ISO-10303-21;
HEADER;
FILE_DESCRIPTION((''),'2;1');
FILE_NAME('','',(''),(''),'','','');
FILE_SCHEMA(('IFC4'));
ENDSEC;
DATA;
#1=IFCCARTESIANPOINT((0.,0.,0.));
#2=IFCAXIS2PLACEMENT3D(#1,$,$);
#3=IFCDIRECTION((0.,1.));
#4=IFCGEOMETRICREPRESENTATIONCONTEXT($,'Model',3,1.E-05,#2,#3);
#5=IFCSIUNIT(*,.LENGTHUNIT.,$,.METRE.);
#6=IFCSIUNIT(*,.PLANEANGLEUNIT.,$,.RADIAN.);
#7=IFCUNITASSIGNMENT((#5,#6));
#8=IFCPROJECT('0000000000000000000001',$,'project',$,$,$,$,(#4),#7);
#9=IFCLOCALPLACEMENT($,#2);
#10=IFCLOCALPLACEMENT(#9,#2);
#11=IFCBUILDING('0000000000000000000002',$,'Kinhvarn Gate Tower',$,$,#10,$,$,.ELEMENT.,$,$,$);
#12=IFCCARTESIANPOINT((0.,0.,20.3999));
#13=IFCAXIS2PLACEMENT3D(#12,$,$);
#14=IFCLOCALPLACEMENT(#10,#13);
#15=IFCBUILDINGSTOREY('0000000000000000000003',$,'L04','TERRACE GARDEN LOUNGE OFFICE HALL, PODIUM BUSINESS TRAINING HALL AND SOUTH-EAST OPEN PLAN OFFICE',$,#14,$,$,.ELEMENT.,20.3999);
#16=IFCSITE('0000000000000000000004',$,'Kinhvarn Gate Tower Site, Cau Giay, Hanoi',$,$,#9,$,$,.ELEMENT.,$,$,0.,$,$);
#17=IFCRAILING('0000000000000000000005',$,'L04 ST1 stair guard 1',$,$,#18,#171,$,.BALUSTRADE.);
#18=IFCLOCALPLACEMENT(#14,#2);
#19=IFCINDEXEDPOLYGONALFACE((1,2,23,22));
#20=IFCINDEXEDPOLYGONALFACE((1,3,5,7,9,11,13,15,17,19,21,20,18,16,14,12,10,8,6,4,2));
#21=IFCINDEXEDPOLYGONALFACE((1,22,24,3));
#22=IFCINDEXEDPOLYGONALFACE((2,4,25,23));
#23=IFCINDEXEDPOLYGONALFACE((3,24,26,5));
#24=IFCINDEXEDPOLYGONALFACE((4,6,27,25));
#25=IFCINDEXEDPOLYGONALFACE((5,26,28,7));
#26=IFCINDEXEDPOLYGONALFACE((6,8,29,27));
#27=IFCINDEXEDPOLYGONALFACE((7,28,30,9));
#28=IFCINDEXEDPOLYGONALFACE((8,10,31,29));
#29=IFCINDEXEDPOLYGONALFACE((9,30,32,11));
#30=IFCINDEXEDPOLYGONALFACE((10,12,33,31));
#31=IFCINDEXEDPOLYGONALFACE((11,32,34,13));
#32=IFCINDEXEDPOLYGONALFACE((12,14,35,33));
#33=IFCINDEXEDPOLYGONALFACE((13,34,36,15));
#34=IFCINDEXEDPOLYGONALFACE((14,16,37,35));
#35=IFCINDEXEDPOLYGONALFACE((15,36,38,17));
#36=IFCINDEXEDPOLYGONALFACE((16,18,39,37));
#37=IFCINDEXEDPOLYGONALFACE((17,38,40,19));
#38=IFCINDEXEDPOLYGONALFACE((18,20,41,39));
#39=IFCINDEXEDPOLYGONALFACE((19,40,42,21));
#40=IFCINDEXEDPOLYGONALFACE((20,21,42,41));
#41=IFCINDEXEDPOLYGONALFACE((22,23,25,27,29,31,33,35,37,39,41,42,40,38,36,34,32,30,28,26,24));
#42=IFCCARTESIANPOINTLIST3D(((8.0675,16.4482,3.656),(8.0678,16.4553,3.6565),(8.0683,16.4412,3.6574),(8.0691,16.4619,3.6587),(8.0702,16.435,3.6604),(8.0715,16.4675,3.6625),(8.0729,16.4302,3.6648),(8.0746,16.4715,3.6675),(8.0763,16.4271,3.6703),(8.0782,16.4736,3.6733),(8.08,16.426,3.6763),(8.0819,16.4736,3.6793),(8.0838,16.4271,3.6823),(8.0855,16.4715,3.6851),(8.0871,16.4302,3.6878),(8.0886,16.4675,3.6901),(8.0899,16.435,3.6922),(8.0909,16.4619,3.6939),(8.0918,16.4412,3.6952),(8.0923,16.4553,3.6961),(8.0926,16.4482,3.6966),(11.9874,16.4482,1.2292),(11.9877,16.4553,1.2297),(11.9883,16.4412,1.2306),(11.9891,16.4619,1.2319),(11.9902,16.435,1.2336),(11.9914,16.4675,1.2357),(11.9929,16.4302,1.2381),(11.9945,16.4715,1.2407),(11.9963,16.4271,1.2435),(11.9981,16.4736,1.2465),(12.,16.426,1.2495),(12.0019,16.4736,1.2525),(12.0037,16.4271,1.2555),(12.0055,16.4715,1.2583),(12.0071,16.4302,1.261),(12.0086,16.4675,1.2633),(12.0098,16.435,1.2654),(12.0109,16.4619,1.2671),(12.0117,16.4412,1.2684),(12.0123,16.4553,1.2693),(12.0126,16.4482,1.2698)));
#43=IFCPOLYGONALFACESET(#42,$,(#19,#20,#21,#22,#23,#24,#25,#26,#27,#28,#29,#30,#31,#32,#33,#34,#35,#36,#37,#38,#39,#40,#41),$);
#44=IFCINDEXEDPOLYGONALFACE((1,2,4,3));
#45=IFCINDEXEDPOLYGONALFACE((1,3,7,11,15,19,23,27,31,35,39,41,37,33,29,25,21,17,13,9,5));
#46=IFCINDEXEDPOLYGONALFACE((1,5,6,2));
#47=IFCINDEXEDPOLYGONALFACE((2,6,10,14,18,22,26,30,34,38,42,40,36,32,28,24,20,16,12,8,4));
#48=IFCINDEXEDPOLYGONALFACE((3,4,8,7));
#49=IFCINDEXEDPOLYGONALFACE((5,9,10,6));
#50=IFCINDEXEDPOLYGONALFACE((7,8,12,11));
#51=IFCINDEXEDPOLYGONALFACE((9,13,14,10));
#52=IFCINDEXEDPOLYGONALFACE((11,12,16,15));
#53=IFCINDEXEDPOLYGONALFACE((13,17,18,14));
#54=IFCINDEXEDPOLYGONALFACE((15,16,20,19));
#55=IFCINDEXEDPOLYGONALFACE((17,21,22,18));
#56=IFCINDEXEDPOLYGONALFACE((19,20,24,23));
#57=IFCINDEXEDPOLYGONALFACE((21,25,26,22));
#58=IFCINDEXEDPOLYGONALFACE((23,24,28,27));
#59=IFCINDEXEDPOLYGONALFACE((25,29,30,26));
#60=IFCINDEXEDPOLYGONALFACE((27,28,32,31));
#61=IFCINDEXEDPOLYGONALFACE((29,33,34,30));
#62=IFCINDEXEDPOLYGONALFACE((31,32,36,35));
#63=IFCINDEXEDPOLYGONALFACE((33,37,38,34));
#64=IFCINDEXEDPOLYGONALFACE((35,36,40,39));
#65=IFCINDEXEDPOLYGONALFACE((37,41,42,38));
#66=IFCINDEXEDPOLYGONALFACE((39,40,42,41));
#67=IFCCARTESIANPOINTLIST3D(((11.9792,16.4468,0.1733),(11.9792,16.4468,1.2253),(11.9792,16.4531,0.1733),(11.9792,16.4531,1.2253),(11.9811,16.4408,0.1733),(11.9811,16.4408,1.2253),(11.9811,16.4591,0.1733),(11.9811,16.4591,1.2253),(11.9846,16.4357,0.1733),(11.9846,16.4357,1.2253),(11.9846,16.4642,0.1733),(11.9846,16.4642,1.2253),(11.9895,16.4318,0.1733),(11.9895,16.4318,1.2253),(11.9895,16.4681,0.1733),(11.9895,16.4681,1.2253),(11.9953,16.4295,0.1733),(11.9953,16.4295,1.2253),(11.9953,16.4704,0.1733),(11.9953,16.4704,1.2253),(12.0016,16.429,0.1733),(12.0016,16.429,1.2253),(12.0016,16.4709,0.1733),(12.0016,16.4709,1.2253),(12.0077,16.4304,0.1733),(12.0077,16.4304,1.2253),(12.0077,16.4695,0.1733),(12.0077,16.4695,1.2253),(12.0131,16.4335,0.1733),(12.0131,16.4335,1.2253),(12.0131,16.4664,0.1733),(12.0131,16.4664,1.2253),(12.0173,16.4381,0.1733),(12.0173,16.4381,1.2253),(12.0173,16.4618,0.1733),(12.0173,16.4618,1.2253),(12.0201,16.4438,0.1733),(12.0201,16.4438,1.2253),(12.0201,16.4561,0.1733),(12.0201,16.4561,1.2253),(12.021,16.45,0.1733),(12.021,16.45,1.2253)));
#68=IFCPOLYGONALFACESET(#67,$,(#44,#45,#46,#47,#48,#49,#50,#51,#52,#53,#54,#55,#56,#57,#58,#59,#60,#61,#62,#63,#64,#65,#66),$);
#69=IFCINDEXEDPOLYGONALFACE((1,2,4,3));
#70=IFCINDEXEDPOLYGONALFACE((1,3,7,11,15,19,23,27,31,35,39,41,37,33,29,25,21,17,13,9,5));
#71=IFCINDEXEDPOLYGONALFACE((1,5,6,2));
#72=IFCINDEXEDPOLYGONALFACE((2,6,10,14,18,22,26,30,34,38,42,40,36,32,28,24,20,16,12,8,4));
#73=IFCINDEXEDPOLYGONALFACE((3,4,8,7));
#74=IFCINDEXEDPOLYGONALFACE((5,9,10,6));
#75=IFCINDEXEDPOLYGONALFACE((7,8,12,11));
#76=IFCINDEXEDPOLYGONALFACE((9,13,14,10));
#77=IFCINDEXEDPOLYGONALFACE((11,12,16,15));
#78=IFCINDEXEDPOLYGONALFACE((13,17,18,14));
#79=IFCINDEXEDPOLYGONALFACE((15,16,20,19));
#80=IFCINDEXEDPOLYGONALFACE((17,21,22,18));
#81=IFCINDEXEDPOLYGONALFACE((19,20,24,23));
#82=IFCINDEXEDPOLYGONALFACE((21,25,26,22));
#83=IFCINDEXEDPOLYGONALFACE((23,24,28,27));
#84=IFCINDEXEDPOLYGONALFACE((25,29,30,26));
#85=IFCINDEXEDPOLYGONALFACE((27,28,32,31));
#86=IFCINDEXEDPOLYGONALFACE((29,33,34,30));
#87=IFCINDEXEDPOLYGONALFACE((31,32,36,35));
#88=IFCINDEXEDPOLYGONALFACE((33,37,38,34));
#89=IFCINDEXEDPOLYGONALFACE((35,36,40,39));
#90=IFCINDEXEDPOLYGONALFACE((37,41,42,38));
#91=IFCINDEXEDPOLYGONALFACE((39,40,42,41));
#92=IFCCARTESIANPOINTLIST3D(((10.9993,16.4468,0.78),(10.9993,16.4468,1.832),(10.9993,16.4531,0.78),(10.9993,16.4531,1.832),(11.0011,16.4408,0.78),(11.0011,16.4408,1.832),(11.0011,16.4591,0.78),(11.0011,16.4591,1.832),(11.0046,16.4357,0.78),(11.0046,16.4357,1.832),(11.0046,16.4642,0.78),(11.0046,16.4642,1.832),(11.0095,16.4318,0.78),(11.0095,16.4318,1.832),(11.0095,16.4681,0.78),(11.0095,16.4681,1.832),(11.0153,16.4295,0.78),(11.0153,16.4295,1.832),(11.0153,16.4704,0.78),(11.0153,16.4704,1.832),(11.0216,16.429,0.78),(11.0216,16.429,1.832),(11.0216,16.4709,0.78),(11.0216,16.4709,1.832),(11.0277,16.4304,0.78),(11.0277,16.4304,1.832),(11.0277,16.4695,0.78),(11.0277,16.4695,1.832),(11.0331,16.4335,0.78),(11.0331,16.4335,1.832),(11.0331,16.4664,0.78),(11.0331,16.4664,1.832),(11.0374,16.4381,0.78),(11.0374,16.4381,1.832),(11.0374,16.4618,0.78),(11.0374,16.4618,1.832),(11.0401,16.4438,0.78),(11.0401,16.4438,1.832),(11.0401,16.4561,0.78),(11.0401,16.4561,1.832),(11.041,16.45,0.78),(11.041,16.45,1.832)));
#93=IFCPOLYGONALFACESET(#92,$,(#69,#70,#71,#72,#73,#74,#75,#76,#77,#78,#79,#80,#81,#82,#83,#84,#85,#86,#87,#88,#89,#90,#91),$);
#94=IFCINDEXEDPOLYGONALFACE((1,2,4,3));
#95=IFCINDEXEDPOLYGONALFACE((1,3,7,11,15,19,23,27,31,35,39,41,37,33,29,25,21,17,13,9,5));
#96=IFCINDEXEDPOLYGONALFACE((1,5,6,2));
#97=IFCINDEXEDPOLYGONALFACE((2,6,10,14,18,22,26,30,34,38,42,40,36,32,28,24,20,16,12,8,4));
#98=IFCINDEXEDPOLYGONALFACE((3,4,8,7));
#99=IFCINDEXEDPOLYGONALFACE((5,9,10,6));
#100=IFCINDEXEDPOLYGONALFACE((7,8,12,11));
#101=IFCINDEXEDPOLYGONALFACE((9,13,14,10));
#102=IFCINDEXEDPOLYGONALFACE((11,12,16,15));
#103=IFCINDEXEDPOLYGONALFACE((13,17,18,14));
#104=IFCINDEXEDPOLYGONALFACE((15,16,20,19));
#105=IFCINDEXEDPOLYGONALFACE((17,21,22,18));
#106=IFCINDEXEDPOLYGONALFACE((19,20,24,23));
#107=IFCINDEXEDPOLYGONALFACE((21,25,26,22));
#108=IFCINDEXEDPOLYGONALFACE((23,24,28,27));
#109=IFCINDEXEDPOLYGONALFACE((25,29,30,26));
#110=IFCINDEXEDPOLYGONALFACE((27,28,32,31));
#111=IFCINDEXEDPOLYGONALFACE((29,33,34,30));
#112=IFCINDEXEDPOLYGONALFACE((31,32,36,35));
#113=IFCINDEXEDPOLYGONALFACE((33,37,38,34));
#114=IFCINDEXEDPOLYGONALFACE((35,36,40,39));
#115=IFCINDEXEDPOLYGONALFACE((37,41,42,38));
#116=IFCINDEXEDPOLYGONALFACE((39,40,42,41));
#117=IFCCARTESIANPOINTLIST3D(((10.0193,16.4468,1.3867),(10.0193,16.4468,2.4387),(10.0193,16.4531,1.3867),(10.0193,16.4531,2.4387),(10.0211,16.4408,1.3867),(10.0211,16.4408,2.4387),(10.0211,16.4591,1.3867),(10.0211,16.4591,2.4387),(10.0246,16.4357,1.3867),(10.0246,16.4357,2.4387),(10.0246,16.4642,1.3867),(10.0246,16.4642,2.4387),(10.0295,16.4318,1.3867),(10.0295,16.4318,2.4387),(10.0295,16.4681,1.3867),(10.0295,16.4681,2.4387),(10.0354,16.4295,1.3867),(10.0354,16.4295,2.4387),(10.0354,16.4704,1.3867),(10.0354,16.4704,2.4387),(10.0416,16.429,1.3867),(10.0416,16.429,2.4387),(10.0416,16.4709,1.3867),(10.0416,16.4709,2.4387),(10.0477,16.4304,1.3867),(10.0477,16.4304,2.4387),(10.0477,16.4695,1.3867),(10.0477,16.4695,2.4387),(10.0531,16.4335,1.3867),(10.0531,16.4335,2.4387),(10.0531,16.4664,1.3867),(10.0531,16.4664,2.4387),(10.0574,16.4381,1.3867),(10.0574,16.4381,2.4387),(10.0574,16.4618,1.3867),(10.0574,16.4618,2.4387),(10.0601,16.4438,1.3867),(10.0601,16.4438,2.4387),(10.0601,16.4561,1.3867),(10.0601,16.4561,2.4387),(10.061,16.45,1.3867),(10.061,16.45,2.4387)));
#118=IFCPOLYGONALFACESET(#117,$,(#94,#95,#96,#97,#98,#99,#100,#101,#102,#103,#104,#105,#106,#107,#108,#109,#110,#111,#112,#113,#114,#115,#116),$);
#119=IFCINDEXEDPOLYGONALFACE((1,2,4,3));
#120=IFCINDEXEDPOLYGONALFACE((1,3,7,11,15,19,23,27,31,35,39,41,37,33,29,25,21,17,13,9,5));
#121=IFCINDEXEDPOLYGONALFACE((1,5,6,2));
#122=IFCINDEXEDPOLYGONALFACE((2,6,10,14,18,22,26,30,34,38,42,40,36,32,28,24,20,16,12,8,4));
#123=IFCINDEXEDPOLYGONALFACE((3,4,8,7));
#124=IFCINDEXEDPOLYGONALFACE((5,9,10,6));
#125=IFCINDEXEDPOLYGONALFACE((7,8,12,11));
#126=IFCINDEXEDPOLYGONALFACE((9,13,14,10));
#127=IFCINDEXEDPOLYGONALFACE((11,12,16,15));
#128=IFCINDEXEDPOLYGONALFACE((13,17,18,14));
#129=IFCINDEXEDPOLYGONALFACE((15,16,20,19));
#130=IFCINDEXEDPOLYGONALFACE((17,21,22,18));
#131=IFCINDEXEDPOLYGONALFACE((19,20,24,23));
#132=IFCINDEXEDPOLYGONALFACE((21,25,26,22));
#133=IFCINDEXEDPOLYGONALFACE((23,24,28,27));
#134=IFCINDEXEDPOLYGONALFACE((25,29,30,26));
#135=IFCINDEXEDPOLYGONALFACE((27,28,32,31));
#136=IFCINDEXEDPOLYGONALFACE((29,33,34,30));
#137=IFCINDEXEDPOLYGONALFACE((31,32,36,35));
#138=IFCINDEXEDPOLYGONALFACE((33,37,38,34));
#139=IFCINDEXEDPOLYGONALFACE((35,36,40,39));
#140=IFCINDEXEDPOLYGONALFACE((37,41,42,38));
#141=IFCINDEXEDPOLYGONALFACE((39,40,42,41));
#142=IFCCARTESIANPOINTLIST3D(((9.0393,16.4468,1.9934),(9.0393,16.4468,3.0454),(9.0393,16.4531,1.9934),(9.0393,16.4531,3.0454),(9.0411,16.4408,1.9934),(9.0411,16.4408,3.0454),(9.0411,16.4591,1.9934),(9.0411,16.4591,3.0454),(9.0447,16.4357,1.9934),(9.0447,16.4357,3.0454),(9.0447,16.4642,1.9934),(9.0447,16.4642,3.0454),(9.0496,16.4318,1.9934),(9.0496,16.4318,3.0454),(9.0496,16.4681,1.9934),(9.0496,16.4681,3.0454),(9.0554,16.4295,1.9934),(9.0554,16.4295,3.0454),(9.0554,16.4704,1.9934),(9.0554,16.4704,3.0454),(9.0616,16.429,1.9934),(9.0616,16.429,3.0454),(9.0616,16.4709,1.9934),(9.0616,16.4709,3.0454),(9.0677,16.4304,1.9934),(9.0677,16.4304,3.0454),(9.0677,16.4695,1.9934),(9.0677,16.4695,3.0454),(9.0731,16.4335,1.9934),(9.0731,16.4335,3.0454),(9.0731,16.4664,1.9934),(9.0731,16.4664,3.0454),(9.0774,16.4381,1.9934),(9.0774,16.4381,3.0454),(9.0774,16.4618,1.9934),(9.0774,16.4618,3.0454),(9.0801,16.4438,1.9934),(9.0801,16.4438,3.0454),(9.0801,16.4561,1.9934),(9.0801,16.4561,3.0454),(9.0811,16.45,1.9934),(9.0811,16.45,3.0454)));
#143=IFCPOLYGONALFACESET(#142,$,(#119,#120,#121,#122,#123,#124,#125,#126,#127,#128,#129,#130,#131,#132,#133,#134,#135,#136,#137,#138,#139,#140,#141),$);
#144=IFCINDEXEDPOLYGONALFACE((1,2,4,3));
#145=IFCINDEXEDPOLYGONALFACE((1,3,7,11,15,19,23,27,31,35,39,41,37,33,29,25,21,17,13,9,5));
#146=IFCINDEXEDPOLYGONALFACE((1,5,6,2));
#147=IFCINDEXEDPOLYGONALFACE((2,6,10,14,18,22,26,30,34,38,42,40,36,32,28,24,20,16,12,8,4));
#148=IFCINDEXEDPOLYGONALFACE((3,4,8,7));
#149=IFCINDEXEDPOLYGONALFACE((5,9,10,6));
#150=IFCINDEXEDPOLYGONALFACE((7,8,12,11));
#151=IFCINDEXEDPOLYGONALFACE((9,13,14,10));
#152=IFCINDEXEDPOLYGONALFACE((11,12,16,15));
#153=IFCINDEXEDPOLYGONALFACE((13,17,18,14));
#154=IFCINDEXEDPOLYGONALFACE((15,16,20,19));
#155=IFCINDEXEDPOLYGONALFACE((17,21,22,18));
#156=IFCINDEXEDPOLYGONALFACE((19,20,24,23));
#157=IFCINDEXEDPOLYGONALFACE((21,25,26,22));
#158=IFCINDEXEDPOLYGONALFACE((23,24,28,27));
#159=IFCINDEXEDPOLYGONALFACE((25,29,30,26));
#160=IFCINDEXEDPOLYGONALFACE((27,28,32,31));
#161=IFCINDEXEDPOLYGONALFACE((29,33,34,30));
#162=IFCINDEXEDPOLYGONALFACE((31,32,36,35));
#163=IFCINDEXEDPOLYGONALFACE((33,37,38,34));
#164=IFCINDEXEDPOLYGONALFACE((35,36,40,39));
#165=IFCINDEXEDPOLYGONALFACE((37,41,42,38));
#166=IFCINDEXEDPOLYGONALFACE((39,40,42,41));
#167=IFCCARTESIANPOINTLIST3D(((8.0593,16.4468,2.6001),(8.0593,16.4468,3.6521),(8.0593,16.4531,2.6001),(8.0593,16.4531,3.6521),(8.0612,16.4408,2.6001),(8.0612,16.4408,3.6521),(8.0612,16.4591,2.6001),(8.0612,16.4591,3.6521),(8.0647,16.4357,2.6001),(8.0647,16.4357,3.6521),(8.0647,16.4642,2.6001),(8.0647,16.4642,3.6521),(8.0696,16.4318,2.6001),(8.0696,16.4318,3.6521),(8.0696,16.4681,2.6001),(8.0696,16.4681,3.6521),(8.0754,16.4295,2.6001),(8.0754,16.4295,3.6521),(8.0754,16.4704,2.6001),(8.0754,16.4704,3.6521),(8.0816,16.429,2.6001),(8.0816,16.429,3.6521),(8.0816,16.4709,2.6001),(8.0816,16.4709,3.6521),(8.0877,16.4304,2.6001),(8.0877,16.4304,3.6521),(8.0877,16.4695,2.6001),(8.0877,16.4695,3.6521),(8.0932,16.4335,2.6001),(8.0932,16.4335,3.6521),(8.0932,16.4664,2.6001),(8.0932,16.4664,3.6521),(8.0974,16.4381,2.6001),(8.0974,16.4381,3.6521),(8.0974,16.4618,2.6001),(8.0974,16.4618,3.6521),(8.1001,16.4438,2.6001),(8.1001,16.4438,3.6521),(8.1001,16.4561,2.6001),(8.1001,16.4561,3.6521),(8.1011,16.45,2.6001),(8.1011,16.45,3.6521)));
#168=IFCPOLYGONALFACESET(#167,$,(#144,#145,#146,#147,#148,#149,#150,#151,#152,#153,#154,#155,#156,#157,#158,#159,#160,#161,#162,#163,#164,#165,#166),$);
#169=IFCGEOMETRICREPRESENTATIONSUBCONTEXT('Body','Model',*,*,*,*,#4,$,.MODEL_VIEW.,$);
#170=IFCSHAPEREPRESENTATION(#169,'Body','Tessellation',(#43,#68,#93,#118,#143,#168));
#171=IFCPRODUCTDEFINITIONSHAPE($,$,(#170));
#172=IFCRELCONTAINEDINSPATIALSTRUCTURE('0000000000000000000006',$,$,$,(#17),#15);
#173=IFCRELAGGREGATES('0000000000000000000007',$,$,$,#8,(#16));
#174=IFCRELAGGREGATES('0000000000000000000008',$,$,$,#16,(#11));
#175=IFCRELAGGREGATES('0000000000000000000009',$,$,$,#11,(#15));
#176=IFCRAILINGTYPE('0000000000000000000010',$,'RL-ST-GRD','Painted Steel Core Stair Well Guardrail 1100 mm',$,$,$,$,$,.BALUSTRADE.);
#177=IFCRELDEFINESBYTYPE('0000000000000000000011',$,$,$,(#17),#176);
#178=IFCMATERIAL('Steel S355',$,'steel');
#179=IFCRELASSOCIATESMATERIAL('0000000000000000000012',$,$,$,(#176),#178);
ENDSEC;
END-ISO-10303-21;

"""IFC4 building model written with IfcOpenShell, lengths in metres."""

from ifc_helpers import new_model, si_unit, direction, frame, origin, origin_2d, place, context, subcontext, project, spatial, circle, extrude, material, type_object, element, save


model = new_model("IFC4")

# Units and contexts
model_context = context("Model", 3, precision=1e-05, world=origin(), true_north=direction((0.0, 1.0)))
body_context = subcontext(model_context, "Body", "Model", "MODEL_VIEW")
ifc_project = project(units=[si_unit("LENGTHUNIT", "METRE"), si_unit("PLANEANGLEUNIT", "RADIAN")], contexts=[model_context])

# Site, building, storey
site_placement = place(None, origin())
site = spatial("IfcSite", under=ifc_project, at=site_placement, Name="Kinhvarn Gate Tower Site, Cau Giay, Hanoi", CompositionType="ELEMENT", RefElevation=0.0)
building_placement = place(site_placement, origin())
building = spatial("IfcBuilding", under=site, at=building_placement, Name="Kinhvarn Gate Tower", CompositionType="ELEMENT")
storey_placement = place(building_placement, frame((0.0, 0.0, 20.3999)))
storey = spatial("IfcBuildingStorey", under=building, at=storey_placement, Name="L04", Description="TERRACE GARDEN LOUNGE OFFICE HALL, PODIUM BUSINESS TRAINING HALL AND SOUTH-EAST OPEN PLAN OFFICE", CompositionType="ELEMENT", Elevation=20.3999)

# Shared definitions
ifc_material_1 = material(Name="Steel S355", Category="steel")

# Railing
railing_type_1 = type_object("IfcRailingType", Name="RL-ST-GRD", Description="Painted Steel Core Stair Well Guardrail 1100 mm", PredefinedType="BALUSTRADE", material=ifc_material_1)
railing_1_placement = place(storey_placement, frame((12.0, 16.45, 0.1733)))
element("IfcRailing", 1, at=railing_1_placement, inside=storey, type_object=railing_type_1, Name="L04 ST1 stair guard 1", PredefinedType="BALUSTRADE", context=body_context, shape_type="SweptSolid", body=[
    extrude(circle(Radius=0.0239, at=origin_2d()), frame((0.0, 0.0, 1.0762), z_axis=(-0.850252, 0.0, 0.526376), x_axis=(0.0, -1.0, 0.0)), (0.0, 0.0, 1.0), 4.6104),
    extrude(circle(Radius=0.021, at=origin_2d()), origin(), (0.0, 0.0, 1.0), 1.052),
    extrude(circle(Radius=0.021, at=origin_2d()), frame((-0.98, 0.0, 0.6067)), (0.0, 0.0, 1.0), 1.052),
    extrude(circle(Radius=0.021, at=origin_2d()), frame((-1.96, 0.0, 1.2134)), (0.0, 0.0, 1.0), 1.052),
    extrude(circle(Radius=0.021, at=origin_2d()), frame((-2.9399, 0.0, 1.8201)), (0.0, 0.0, 1.0), 1.052),
    extrude(circle(Radius=0.021, at=origin_2d()), frame((-3.9199, 0.0, 2.4268)), (0.0, 0.0, 1.0), 1.052),
])

save(model, "model.ifc")
